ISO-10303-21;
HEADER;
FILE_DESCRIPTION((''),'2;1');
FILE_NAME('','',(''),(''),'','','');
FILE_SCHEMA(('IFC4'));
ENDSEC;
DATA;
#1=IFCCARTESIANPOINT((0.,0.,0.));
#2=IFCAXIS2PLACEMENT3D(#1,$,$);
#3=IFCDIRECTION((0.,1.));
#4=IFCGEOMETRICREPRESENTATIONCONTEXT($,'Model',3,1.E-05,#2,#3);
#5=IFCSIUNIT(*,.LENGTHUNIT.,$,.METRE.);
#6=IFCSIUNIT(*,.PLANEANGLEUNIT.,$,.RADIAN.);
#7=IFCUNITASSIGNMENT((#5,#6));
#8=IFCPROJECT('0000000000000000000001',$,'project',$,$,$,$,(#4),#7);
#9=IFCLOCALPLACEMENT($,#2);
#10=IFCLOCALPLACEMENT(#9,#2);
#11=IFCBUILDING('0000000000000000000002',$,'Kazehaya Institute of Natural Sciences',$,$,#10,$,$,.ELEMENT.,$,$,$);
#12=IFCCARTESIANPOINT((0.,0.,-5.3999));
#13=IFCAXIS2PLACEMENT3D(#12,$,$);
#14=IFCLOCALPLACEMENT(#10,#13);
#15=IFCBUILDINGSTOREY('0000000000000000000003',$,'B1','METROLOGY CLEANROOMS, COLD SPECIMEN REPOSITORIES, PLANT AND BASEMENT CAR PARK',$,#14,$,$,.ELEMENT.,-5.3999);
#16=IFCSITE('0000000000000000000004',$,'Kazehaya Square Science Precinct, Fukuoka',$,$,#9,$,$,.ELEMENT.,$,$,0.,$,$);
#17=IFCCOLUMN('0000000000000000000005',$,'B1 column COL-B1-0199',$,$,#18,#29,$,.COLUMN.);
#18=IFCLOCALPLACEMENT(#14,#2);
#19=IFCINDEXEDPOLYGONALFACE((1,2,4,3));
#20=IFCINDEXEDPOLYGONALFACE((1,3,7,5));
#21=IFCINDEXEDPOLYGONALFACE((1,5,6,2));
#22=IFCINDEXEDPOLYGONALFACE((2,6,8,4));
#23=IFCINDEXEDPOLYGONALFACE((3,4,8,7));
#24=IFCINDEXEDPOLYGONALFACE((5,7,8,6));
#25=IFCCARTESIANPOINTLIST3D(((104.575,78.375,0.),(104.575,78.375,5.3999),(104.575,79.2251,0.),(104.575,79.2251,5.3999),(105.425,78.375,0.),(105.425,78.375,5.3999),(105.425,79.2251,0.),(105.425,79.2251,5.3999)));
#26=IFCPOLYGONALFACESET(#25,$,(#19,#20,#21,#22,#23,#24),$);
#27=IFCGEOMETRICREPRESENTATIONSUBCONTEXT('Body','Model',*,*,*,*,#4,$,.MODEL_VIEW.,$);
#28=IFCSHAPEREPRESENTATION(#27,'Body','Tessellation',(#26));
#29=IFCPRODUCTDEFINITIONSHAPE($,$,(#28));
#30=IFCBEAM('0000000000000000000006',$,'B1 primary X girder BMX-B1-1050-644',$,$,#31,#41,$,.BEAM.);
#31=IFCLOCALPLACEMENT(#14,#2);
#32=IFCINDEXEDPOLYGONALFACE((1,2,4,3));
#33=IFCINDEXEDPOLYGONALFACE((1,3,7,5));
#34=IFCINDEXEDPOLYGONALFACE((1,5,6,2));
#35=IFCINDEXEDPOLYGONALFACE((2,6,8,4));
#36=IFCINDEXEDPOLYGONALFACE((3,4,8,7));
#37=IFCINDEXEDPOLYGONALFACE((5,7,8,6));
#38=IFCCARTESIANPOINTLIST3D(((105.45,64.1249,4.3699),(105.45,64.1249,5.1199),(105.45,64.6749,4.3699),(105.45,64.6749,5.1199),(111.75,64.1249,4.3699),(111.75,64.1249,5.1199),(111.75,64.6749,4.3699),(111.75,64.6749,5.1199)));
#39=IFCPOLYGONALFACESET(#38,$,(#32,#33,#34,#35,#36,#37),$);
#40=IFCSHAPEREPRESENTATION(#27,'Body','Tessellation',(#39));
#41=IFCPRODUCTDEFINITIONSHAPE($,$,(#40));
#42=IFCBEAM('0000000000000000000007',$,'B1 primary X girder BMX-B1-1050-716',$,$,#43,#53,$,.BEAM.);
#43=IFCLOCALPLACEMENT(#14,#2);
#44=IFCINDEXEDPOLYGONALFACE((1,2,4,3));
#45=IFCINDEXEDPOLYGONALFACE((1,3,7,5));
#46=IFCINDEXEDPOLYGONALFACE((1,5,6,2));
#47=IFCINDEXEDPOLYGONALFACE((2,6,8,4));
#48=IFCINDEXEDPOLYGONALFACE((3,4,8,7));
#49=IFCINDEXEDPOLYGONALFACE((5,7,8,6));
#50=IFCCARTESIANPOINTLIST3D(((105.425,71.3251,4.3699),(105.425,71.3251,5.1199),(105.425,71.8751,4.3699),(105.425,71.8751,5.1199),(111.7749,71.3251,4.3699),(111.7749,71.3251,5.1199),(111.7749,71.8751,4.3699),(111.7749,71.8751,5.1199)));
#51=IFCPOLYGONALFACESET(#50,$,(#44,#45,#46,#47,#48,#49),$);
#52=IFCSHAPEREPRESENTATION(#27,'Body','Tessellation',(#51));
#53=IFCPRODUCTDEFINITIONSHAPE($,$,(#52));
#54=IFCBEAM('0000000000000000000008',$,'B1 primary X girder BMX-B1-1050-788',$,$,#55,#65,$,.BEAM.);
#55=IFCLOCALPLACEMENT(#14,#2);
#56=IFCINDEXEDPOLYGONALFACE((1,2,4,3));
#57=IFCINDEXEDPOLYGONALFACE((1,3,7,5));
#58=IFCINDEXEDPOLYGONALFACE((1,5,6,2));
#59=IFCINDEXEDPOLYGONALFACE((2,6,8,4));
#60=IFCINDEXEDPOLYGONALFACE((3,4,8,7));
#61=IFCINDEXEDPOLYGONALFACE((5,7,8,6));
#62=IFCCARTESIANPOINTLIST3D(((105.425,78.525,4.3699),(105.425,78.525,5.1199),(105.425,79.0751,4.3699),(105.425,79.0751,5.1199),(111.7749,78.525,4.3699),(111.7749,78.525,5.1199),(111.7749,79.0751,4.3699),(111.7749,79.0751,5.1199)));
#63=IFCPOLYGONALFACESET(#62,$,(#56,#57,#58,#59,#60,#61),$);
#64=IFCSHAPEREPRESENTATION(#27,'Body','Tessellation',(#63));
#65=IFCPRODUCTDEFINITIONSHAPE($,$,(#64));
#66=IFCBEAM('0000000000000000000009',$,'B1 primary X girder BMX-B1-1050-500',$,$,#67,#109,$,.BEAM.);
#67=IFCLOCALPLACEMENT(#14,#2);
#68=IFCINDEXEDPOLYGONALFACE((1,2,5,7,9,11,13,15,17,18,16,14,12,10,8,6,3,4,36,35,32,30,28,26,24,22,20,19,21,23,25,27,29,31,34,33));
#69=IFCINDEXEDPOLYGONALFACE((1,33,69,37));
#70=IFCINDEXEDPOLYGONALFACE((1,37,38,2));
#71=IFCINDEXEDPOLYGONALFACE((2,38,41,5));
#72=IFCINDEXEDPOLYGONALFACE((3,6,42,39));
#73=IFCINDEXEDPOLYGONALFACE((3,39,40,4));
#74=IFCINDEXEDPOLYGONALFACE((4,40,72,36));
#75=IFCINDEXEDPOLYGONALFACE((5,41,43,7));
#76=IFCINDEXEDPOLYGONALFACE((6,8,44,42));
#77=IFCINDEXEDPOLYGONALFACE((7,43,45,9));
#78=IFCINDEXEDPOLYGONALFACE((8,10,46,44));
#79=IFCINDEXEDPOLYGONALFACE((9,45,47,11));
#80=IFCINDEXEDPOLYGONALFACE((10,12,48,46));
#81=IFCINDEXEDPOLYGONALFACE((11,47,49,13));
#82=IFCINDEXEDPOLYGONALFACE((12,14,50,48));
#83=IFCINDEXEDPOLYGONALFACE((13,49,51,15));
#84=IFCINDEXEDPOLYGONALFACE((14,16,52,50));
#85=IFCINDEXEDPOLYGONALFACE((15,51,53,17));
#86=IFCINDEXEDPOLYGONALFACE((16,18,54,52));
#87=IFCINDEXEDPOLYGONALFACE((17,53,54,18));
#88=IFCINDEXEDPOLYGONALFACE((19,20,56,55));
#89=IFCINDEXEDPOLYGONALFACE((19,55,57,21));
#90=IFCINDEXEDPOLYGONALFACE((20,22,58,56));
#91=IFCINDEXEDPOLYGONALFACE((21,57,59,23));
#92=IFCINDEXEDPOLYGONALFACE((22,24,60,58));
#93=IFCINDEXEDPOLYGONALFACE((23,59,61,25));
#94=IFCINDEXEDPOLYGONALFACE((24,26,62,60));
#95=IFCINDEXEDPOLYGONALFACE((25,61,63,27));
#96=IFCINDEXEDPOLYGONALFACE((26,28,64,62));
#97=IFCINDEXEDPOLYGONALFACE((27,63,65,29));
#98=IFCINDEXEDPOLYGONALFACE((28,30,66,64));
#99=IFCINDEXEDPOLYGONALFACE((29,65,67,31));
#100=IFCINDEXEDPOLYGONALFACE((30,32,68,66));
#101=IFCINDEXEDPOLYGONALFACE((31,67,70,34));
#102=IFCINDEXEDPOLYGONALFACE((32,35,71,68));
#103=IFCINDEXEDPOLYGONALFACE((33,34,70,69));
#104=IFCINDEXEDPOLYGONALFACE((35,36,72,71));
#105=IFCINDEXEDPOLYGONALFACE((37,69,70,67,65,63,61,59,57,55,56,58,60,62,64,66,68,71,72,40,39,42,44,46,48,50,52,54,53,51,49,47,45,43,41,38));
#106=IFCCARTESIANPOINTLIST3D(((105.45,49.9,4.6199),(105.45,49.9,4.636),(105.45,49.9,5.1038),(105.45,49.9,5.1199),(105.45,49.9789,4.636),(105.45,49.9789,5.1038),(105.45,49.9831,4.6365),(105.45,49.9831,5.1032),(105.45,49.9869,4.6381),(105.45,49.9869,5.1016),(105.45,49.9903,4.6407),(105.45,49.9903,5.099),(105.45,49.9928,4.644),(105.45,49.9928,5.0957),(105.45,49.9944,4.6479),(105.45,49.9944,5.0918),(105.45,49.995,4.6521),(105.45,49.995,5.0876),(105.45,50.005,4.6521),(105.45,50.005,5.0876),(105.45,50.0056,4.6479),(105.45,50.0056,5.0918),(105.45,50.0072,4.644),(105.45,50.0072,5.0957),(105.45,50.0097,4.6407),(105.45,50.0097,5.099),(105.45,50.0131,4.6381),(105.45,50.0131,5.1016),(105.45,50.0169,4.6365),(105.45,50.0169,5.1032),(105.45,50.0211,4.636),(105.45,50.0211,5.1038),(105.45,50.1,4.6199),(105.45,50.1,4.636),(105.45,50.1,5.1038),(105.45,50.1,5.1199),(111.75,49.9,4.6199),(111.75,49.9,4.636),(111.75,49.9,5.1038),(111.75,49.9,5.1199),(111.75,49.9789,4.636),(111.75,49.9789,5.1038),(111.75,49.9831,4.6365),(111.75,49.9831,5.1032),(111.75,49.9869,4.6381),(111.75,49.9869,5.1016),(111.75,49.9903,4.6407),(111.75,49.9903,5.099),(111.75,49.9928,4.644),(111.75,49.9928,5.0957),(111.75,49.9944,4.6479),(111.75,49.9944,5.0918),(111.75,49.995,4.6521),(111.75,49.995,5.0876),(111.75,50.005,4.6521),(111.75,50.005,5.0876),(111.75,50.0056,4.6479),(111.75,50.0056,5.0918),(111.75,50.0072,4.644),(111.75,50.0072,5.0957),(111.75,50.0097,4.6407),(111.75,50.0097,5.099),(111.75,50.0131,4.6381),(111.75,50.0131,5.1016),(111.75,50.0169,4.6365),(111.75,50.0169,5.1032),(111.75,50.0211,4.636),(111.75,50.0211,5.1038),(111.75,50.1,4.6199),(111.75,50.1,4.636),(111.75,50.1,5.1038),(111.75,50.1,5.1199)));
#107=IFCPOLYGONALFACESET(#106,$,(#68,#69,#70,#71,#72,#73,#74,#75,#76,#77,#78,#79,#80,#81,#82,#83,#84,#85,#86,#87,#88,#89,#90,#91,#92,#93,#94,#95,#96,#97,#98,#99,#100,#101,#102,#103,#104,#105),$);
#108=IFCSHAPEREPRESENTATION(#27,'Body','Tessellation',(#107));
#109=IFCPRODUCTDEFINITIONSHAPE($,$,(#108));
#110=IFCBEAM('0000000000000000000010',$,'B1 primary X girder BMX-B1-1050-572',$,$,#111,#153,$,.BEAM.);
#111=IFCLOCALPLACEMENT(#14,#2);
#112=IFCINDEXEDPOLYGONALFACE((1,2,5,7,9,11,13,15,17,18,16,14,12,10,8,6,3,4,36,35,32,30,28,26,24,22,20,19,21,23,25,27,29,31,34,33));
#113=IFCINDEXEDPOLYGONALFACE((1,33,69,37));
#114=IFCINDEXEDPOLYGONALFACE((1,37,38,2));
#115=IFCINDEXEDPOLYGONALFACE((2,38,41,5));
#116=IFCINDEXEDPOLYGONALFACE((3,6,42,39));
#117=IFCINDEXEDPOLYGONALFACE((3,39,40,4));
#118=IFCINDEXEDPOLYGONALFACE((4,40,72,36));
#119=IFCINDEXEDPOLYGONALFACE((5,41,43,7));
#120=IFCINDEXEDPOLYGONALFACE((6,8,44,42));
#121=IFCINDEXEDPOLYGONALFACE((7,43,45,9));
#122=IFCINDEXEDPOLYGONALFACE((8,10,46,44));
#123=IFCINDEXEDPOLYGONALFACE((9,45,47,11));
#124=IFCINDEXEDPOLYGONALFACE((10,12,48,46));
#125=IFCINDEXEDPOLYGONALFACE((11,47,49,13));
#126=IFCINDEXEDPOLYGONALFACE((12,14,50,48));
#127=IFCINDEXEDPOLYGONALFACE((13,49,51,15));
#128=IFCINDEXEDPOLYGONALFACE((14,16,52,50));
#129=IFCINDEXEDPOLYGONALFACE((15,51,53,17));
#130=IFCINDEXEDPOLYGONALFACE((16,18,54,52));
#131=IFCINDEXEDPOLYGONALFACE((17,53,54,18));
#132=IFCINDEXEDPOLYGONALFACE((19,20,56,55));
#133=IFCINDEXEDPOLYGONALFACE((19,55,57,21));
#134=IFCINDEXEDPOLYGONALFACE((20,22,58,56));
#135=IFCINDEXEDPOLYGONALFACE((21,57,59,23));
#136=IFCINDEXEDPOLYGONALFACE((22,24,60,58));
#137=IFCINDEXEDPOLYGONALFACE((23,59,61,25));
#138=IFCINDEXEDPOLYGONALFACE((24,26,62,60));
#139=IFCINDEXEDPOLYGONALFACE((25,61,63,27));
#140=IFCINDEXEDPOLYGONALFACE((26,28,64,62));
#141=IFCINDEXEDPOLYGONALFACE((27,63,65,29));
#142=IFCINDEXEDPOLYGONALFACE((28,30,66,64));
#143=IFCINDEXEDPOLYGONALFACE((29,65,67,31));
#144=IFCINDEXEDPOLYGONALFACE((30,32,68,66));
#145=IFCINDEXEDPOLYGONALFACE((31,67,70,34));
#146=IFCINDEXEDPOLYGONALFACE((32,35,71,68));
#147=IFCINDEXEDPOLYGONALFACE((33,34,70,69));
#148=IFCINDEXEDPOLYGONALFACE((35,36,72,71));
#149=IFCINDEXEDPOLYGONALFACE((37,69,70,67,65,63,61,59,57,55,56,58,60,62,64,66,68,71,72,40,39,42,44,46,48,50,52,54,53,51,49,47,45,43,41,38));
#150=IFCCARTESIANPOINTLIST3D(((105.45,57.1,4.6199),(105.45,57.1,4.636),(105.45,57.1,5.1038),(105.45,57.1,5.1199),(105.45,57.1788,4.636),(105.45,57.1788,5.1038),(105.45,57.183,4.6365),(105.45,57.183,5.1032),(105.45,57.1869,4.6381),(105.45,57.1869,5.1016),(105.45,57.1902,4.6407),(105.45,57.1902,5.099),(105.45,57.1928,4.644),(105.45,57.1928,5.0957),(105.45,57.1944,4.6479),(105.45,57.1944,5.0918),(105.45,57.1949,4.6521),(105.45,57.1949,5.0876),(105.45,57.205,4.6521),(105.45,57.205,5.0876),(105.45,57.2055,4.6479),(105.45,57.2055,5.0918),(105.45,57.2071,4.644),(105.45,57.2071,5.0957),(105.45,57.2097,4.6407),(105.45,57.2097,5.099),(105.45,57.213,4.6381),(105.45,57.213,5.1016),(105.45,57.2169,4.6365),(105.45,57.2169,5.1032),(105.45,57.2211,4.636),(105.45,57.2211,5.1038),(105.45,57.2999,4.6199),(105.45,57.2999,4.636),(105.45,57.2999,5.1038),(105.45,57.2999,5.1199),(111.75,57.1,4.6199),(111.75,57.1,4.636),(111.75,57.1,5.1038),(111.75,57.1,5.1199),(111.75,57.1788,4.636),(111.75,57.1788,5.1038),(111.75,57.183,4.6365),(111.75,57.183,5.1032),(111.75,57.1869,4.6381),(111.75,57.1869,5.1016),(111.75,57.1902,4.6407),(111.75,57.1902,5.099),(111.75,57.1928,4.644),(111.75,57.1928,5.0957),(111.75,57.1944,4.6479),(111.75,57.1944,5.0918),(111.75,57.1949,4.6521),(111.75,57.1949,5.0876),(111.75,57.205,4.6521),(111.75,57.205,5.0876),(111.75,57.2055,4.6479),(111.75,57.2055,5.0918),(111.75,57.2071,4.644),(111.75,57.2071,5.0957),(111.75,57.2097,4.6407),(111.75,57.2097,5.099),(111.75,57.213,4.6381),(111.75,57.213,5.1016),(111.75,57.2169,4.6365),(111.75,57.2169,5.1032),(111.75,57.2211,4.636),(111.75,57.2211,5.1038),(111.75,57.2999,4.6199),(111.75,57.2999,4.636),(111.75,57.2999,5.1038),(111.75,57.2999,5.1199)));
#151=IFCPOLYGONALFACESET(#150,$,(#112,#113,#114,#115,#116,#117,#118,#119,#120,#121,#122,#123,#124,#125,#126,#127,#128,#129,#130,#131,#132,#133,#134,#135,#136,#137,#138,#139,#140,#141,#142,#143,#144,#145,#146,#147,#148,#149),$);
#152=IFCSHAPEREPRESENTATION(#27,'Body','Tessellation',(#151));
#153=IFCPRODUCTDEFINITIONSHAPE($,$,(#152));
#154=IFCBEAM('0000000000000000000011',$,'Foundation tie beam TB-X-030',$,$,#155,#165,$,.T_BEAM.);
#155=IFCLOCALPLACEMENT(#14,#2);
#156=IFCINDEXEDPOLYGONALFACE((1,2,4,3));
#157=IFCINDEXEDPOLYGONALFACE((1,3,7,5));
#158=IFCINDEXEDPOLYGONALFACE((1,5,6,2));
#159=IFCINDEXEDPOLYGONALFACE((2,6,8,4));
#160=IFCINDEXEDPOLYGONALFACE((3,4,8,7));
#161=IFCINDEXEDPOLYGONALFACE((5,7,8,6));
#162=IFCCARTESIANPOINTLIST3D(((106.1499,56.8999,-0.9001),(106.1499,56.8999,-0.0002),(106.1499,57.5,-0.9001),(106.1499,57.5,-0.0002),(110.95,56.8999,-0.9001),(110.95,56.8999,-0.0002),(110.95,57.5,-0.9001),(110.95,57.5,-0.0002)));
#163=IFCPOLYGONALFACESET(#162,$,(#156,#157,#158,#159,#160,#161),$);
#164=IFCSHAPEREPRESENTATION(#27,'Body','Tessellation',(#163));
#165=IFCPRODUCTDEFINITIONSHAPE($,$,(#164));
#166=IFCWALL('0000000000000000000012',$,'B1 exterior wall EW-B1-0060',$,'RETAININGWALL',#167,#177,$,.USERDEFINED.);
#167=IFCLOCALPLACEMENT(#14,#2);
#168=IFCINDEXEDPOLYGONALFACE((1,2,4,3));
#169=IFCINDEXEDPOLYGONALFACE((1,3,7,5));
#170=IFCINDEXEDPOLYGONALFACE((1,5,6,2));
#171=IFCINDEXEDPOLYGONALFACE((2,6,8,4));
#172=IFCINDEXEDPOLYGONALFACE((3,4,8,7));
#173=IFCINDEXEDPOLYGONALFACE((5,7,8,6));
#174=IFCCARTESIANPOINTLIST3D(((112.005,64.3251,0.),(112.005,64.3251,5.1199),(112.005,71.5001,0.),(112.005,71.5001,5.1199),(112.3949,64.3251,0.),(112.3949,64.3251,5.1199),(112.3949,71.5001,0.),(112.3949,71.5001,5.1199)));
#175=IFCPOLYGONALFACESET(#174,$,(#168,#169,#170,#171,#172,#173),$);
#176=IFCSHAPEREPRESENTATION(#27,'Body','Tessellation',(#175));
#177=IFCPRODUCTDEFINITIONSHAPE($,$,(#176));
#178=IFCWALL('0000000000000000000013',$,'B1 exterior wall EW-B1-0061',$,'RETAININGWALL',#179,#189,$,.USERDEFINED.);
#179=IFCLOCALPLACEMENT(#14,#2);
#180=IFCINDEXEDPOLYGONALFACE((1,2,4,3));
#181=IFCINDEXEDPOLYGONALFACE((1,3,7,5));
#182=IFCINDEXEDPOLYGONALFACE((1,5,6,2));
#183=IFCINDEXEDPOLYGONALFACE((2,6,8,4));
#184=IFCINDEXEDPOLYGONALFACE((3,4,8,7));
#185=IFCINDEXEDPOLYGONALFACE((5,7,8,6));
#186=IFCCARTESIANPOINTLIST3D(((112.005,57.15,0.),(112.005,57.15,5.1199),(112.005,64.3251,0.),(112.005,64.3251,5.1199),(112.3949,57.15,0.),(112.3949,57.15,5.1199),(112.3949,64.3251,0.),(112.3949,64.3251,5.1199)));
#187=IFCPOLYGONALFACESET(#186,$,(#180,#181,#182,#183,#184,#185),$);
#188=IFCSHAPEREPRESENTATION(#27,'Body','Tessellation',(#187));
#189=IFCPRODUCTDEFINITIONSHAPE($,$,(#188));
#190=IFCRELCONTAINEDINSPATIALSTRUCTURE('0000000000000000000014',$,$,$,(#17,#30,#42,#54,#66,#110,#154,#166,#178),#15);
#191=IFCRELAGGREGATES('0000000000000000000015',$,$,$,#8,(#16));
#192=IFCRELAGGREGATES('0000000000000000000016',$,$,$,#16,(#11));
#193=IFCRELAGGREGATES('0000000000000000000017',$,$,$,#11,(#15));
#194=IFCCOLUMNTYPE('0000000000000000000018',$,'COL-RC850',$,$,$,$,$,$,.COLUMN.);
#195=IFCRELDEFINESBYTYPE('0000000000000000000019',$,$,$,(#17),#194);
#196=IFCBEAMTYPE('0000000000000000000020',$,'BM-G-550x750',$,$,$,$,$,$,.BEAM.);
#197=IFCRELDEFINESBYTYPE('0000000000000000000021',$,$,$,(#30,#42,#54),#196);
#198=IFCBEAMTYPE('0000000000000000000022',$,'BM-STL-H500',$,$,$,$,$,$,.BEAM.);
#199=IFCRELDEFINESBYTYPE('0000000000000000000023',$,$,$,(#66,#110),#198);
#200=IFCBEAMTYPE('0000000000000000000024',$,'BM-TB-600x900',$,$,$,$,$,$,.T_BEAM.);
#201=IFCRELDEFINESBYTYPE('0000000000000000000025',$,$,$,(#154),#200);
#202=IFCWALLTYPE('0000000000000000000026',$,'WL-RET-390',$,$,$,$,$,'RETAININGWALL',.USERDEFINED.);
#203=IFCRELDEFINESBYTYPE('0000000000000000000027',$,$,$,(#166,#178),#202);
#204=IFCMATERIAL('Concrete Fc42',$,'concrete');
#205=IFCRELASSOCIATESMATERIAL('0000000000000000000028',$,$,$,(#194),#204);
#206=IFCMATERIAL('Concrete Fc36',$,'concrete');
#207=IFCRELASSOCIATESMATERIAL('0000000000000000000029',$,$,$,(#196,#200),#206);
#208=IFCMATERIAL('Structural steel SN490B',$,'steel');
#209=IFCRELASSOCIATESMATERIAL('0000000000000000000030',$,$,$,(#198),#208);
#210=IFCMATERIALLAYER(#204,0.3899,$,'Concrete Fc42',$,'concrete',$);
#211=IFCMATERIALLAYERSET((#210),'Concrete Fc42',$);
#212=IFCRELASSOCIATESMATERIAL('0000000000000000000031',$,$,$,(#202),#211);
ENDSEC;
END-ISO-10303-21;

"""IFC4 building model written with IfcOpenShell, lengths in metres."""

from ifc_helpers import new_model, si_unit, direction, frame, frame_2d, origin, origin_2d, place, context, subcontext, project, spatial, rectangle, i_section, extrude, material, layer, layer_set, material_profile, profile_set, type_object, element, save


model = new_model("IFC4")

# Units and contexts
model_context = context("Model", 3, precision=1e-05, world=origin(), true_north=direction((0.0, 1.0)))
body_context = subcontext(model_context, "Body", "Model", "MODEL_VIEW")
ifc_project = project(units=[si_unit("LENGTHUNIT", "METRE"), si_unit("PLANEANGLEUNIT", "RADIAN")], contexts=[model_context])

# Site, building, storey
site_placement = place(None, origin())
site = spatial("IfcSite", under=ifc_project, at=site_placement, Name="Kazehaya Square Science Precinct, Fukuoka", CompositionType="ELEMENT", RefElevation=0.0)
building_placement = place(site_placement, origin())
building = spatial("IfcBuilding", under=site, at=building_placement, Name="Kazehaya Institute of Natural Sciences", CompositionType="ELEMENT")
storey_placement = place(building_placement, frame((0.0, 0.0, -5.3999)))
storey = spatial("IfcBuildingStorey", under=building, at=storey_placement, Name="B1", Description="METROLOGY CLEANROOMS, COLD SPECIMEN REPOSITORIES, PLANT AND BASEMENT CAR PARK", CompositionType="ELEMENT", Elevation=-5.3999)

# Shared definitions
ifc_material_1 = material(Name="Concrete Fc36", Category="concrete")

# Column
ifc_material_2 = material(Name="Concrete Fc42", Category="concrete")
ifc_material_profile_1 = material_profile(ifc_material_2, rectangle(XDim=0.8501, YDim=0.8501, at=origin_2d()), Name="RC-850x850")
ifc_profile_set_1 = profile_set([ifc_material_profile_1], Name="Concrete Fc42")
column_type_1 = type_object("IfcColumnType", Name="COL-RC850", PredefinedType="COLUMN", material=ifc_profile_set_1)
column_placement = place(storey_placement, frame((105.0, 78.8, 0.0), z_axis=(0.0, 0.0, 1.0), x_axis=(1.0, 0.0, 0.0)))
element("IfcColumn", 1, at=column_placement, inside=storey, type_object=column_type_1, Name="B1 column COL-B1-0199", PredefinedType="COLUMN", context=body_context, shape_type="SweptSolid", body=[
    extrude(rectangle(XDim=0.8501, YDim=0.8501, at=origin_2d()), origin(), (0.0, 0.0, 1.0), 5.3999),
])

# Beams
ifc_material_profile_2 = material_profile(ifc_material_1, rectangle(XDim=0.55, YDim=0.75, at=origin_2d()), Name="RC-550x750")
ifc_profile_set_2 = profile_set([ifc_material_profile_2], Name="Concrete Fc36")
beam_type_1 = type_object("IfcBeamType", Name="BM-G-550x750", PredefinedType="BEAM", material=ifc_profile_set_2)
beam_1_placement = place(storey_placement, frame((105.45, 64.3999, 4.7449), z_axis=(1.0, 0.0, 0.0), x_axis=(0.0, 1.0, 0.0)))
element("IfcBeam", 2, at=beam_1_placement, inside=storey, type_object=beam_type_1, Name="B1 primary X girder BMX-B1-1050-644", PredefinedType="BEAM", context=body_context, shape_type="SweptSolid", body=[
    extrude(rectangle(XDim=0.55, YDim=0.75, at=origin_2d()), origin(), (0.0, 0.0, 1.0), 6.3),
])
for number, where, z_axis, x_axis, name in (
    (3, (105.425, 71.6001, 4.7449), (1.0, 0.0, 0.0), (0.0, 1.0, 0.0), "B1 primary X girder BMX-B1-1050-716"),
    (4, (105.425, 78.8, 4.7449), (1.0, 0.0, 0.0), (0.0, 1.0, 0.0), "B1 primary X girder BMX-B1-1050-788"),
):
    element("IfcBeam", number, at=place(storey_placement, frame(where, z_axis=z_axis, x_axis=x_axis)), inside=storey, type_object=beam_type_1, Name=name, PredefinedType="BEAM", context=body_context, shape_type="SweptSolid", body=[
        extrude(rectangle(XDim=0.55, YDim=0.75, at=origin_2d()), origin(), (0.0, 0.0, 1.0), 6.3499),
    ])
ifc_material_3 = material(Name="Structural steel SN490B", Category="steel")
ifc_material_profile_3 = material_profile(ifc_material_3, i_section(OverallWidth=0.2, OverallDepth=0.5, WebThickness=0.01, FlangeThickness=0.0161, FilletRadius=0.0161, at=origin_2d()), Name="H-500x200x10x16")
ifc_profile_set_3 = profile_set([ifc_material_profile_3], Name="Structural steel SN490B")
beam_type_2 = type_object("IfcBeamType", Name="BM-STL-H500", PredefinedType="BEAM", material=ifc_profile_set_3)
for number, where, z_axis, x_axis, name in (
    (5, (105.45, 50.0, 4.8699), (1.0, 0.0, 0.0), (0.0, 1.0, 0.0), "B1 primary X girder BMX-B1-1050-500"),
    (6, (105.45, 57.2, 4.8699), (1.0, 0.0, 0.0), (0.0, 1.0, 0.0), "B1 primary X girder BMX-B1-1050-572"),
):
    element("IfcBeam", number, at=place(storey_placement, frame(where, z_axis=z_axis, x_axis=x_axis)), inside=storey, type_object=beam_type_2, Name=name, PredefinedType="BEAM", context=body_context, shape_type="SweptSolid", body=[
        extrude(i_section(OverallWidth=0.2, OverallDepth=0.5, WebThickness=0.01, FlangeThickness=0.0161, FilletRadius=0.0161, at=origin_2d()), origin(), (0.0, 0.0, 1.0), 6.3),
    ])
ifc_material_profile_4 = material_profile(ifc_material_1, rectangle(XDim=0.6001, YDim=0.8999, at=origin_2d()), Name="RC-600x900")
ifc_profile_set_4 = profile_set([ifc_material_profile_4], Name="Concrete Fc36")
beam_type_3 = type_object("IfcBeamType", Name="BM-TB-600x900", PredefinedType="T_BEAM", material=ifc_profile_set_4)
beam_2_placement = place(storey_placement, frame((106.1499, 57.2, -0.4502), z_axis=(1.0, 0.0, 0.0), x_axis=(0.0, 1.0, 0.0)))
element("IfcBeam", 7, at=beam_2_placement, inside=storey, type_object=beam_type_3, Name="Foundation tie beam TB-X-030", PredefinedType="T_BEAM", context=body_context, shape_type="SweptSolid", body=[
    extrude(rectangle(XDim=0.6001, YDim=0.8999, at=origin_2d()), origin(), (0.0, 0.0, 1.0), 4.8),
])

# Walls
ifc_layer_1 = layer(ifc_material_2, 0.3899, Name="Concrete Fc42", Category="concrete")
ifc_layer_set_1 = layer_set([ifc_layer_1], Name="Concrete Fc42")
wall_type_1 = type_object("IfcWallType", Name="WL-RET-390", ElementType="RETAININGWALL", PredefinedType="USERDEFINED", material=ifc_layer_set_1)
for number, where, z_axis, x_axis, name in (
    (8, (112.2, 71.5, 0.0), (0.0, 0.0, 1.0), (0.0, -1.0, 0.0), "B1 exterior wall EW-B1-0060"),
    (9, (112.2, 64.325, 0.0), (0.0, 0.0, 1.0), (0.0, -1.0, 0.0), "B1 exterior wall EW-B1-0061"),
):
    element("IfcWall", number, at=place(storey_placement, frame(where, z_axis=z_axis, x_axis=x_axis)), inside=storey, type_object=wall_type_1, Name=name, ObjectType="RETAININGWALL", PredefinedType="USERDEFINED", context=body_context, shape_type="SweptSolid", body=[
        extrude(rectangle(XDim=7.175, YDim=0.3899, at=frame_2d((3.5874, 0.0))), origin(), (0.0, 0.0, 1.0), 5.1199),
    ])

save(model, "model.ifc")
